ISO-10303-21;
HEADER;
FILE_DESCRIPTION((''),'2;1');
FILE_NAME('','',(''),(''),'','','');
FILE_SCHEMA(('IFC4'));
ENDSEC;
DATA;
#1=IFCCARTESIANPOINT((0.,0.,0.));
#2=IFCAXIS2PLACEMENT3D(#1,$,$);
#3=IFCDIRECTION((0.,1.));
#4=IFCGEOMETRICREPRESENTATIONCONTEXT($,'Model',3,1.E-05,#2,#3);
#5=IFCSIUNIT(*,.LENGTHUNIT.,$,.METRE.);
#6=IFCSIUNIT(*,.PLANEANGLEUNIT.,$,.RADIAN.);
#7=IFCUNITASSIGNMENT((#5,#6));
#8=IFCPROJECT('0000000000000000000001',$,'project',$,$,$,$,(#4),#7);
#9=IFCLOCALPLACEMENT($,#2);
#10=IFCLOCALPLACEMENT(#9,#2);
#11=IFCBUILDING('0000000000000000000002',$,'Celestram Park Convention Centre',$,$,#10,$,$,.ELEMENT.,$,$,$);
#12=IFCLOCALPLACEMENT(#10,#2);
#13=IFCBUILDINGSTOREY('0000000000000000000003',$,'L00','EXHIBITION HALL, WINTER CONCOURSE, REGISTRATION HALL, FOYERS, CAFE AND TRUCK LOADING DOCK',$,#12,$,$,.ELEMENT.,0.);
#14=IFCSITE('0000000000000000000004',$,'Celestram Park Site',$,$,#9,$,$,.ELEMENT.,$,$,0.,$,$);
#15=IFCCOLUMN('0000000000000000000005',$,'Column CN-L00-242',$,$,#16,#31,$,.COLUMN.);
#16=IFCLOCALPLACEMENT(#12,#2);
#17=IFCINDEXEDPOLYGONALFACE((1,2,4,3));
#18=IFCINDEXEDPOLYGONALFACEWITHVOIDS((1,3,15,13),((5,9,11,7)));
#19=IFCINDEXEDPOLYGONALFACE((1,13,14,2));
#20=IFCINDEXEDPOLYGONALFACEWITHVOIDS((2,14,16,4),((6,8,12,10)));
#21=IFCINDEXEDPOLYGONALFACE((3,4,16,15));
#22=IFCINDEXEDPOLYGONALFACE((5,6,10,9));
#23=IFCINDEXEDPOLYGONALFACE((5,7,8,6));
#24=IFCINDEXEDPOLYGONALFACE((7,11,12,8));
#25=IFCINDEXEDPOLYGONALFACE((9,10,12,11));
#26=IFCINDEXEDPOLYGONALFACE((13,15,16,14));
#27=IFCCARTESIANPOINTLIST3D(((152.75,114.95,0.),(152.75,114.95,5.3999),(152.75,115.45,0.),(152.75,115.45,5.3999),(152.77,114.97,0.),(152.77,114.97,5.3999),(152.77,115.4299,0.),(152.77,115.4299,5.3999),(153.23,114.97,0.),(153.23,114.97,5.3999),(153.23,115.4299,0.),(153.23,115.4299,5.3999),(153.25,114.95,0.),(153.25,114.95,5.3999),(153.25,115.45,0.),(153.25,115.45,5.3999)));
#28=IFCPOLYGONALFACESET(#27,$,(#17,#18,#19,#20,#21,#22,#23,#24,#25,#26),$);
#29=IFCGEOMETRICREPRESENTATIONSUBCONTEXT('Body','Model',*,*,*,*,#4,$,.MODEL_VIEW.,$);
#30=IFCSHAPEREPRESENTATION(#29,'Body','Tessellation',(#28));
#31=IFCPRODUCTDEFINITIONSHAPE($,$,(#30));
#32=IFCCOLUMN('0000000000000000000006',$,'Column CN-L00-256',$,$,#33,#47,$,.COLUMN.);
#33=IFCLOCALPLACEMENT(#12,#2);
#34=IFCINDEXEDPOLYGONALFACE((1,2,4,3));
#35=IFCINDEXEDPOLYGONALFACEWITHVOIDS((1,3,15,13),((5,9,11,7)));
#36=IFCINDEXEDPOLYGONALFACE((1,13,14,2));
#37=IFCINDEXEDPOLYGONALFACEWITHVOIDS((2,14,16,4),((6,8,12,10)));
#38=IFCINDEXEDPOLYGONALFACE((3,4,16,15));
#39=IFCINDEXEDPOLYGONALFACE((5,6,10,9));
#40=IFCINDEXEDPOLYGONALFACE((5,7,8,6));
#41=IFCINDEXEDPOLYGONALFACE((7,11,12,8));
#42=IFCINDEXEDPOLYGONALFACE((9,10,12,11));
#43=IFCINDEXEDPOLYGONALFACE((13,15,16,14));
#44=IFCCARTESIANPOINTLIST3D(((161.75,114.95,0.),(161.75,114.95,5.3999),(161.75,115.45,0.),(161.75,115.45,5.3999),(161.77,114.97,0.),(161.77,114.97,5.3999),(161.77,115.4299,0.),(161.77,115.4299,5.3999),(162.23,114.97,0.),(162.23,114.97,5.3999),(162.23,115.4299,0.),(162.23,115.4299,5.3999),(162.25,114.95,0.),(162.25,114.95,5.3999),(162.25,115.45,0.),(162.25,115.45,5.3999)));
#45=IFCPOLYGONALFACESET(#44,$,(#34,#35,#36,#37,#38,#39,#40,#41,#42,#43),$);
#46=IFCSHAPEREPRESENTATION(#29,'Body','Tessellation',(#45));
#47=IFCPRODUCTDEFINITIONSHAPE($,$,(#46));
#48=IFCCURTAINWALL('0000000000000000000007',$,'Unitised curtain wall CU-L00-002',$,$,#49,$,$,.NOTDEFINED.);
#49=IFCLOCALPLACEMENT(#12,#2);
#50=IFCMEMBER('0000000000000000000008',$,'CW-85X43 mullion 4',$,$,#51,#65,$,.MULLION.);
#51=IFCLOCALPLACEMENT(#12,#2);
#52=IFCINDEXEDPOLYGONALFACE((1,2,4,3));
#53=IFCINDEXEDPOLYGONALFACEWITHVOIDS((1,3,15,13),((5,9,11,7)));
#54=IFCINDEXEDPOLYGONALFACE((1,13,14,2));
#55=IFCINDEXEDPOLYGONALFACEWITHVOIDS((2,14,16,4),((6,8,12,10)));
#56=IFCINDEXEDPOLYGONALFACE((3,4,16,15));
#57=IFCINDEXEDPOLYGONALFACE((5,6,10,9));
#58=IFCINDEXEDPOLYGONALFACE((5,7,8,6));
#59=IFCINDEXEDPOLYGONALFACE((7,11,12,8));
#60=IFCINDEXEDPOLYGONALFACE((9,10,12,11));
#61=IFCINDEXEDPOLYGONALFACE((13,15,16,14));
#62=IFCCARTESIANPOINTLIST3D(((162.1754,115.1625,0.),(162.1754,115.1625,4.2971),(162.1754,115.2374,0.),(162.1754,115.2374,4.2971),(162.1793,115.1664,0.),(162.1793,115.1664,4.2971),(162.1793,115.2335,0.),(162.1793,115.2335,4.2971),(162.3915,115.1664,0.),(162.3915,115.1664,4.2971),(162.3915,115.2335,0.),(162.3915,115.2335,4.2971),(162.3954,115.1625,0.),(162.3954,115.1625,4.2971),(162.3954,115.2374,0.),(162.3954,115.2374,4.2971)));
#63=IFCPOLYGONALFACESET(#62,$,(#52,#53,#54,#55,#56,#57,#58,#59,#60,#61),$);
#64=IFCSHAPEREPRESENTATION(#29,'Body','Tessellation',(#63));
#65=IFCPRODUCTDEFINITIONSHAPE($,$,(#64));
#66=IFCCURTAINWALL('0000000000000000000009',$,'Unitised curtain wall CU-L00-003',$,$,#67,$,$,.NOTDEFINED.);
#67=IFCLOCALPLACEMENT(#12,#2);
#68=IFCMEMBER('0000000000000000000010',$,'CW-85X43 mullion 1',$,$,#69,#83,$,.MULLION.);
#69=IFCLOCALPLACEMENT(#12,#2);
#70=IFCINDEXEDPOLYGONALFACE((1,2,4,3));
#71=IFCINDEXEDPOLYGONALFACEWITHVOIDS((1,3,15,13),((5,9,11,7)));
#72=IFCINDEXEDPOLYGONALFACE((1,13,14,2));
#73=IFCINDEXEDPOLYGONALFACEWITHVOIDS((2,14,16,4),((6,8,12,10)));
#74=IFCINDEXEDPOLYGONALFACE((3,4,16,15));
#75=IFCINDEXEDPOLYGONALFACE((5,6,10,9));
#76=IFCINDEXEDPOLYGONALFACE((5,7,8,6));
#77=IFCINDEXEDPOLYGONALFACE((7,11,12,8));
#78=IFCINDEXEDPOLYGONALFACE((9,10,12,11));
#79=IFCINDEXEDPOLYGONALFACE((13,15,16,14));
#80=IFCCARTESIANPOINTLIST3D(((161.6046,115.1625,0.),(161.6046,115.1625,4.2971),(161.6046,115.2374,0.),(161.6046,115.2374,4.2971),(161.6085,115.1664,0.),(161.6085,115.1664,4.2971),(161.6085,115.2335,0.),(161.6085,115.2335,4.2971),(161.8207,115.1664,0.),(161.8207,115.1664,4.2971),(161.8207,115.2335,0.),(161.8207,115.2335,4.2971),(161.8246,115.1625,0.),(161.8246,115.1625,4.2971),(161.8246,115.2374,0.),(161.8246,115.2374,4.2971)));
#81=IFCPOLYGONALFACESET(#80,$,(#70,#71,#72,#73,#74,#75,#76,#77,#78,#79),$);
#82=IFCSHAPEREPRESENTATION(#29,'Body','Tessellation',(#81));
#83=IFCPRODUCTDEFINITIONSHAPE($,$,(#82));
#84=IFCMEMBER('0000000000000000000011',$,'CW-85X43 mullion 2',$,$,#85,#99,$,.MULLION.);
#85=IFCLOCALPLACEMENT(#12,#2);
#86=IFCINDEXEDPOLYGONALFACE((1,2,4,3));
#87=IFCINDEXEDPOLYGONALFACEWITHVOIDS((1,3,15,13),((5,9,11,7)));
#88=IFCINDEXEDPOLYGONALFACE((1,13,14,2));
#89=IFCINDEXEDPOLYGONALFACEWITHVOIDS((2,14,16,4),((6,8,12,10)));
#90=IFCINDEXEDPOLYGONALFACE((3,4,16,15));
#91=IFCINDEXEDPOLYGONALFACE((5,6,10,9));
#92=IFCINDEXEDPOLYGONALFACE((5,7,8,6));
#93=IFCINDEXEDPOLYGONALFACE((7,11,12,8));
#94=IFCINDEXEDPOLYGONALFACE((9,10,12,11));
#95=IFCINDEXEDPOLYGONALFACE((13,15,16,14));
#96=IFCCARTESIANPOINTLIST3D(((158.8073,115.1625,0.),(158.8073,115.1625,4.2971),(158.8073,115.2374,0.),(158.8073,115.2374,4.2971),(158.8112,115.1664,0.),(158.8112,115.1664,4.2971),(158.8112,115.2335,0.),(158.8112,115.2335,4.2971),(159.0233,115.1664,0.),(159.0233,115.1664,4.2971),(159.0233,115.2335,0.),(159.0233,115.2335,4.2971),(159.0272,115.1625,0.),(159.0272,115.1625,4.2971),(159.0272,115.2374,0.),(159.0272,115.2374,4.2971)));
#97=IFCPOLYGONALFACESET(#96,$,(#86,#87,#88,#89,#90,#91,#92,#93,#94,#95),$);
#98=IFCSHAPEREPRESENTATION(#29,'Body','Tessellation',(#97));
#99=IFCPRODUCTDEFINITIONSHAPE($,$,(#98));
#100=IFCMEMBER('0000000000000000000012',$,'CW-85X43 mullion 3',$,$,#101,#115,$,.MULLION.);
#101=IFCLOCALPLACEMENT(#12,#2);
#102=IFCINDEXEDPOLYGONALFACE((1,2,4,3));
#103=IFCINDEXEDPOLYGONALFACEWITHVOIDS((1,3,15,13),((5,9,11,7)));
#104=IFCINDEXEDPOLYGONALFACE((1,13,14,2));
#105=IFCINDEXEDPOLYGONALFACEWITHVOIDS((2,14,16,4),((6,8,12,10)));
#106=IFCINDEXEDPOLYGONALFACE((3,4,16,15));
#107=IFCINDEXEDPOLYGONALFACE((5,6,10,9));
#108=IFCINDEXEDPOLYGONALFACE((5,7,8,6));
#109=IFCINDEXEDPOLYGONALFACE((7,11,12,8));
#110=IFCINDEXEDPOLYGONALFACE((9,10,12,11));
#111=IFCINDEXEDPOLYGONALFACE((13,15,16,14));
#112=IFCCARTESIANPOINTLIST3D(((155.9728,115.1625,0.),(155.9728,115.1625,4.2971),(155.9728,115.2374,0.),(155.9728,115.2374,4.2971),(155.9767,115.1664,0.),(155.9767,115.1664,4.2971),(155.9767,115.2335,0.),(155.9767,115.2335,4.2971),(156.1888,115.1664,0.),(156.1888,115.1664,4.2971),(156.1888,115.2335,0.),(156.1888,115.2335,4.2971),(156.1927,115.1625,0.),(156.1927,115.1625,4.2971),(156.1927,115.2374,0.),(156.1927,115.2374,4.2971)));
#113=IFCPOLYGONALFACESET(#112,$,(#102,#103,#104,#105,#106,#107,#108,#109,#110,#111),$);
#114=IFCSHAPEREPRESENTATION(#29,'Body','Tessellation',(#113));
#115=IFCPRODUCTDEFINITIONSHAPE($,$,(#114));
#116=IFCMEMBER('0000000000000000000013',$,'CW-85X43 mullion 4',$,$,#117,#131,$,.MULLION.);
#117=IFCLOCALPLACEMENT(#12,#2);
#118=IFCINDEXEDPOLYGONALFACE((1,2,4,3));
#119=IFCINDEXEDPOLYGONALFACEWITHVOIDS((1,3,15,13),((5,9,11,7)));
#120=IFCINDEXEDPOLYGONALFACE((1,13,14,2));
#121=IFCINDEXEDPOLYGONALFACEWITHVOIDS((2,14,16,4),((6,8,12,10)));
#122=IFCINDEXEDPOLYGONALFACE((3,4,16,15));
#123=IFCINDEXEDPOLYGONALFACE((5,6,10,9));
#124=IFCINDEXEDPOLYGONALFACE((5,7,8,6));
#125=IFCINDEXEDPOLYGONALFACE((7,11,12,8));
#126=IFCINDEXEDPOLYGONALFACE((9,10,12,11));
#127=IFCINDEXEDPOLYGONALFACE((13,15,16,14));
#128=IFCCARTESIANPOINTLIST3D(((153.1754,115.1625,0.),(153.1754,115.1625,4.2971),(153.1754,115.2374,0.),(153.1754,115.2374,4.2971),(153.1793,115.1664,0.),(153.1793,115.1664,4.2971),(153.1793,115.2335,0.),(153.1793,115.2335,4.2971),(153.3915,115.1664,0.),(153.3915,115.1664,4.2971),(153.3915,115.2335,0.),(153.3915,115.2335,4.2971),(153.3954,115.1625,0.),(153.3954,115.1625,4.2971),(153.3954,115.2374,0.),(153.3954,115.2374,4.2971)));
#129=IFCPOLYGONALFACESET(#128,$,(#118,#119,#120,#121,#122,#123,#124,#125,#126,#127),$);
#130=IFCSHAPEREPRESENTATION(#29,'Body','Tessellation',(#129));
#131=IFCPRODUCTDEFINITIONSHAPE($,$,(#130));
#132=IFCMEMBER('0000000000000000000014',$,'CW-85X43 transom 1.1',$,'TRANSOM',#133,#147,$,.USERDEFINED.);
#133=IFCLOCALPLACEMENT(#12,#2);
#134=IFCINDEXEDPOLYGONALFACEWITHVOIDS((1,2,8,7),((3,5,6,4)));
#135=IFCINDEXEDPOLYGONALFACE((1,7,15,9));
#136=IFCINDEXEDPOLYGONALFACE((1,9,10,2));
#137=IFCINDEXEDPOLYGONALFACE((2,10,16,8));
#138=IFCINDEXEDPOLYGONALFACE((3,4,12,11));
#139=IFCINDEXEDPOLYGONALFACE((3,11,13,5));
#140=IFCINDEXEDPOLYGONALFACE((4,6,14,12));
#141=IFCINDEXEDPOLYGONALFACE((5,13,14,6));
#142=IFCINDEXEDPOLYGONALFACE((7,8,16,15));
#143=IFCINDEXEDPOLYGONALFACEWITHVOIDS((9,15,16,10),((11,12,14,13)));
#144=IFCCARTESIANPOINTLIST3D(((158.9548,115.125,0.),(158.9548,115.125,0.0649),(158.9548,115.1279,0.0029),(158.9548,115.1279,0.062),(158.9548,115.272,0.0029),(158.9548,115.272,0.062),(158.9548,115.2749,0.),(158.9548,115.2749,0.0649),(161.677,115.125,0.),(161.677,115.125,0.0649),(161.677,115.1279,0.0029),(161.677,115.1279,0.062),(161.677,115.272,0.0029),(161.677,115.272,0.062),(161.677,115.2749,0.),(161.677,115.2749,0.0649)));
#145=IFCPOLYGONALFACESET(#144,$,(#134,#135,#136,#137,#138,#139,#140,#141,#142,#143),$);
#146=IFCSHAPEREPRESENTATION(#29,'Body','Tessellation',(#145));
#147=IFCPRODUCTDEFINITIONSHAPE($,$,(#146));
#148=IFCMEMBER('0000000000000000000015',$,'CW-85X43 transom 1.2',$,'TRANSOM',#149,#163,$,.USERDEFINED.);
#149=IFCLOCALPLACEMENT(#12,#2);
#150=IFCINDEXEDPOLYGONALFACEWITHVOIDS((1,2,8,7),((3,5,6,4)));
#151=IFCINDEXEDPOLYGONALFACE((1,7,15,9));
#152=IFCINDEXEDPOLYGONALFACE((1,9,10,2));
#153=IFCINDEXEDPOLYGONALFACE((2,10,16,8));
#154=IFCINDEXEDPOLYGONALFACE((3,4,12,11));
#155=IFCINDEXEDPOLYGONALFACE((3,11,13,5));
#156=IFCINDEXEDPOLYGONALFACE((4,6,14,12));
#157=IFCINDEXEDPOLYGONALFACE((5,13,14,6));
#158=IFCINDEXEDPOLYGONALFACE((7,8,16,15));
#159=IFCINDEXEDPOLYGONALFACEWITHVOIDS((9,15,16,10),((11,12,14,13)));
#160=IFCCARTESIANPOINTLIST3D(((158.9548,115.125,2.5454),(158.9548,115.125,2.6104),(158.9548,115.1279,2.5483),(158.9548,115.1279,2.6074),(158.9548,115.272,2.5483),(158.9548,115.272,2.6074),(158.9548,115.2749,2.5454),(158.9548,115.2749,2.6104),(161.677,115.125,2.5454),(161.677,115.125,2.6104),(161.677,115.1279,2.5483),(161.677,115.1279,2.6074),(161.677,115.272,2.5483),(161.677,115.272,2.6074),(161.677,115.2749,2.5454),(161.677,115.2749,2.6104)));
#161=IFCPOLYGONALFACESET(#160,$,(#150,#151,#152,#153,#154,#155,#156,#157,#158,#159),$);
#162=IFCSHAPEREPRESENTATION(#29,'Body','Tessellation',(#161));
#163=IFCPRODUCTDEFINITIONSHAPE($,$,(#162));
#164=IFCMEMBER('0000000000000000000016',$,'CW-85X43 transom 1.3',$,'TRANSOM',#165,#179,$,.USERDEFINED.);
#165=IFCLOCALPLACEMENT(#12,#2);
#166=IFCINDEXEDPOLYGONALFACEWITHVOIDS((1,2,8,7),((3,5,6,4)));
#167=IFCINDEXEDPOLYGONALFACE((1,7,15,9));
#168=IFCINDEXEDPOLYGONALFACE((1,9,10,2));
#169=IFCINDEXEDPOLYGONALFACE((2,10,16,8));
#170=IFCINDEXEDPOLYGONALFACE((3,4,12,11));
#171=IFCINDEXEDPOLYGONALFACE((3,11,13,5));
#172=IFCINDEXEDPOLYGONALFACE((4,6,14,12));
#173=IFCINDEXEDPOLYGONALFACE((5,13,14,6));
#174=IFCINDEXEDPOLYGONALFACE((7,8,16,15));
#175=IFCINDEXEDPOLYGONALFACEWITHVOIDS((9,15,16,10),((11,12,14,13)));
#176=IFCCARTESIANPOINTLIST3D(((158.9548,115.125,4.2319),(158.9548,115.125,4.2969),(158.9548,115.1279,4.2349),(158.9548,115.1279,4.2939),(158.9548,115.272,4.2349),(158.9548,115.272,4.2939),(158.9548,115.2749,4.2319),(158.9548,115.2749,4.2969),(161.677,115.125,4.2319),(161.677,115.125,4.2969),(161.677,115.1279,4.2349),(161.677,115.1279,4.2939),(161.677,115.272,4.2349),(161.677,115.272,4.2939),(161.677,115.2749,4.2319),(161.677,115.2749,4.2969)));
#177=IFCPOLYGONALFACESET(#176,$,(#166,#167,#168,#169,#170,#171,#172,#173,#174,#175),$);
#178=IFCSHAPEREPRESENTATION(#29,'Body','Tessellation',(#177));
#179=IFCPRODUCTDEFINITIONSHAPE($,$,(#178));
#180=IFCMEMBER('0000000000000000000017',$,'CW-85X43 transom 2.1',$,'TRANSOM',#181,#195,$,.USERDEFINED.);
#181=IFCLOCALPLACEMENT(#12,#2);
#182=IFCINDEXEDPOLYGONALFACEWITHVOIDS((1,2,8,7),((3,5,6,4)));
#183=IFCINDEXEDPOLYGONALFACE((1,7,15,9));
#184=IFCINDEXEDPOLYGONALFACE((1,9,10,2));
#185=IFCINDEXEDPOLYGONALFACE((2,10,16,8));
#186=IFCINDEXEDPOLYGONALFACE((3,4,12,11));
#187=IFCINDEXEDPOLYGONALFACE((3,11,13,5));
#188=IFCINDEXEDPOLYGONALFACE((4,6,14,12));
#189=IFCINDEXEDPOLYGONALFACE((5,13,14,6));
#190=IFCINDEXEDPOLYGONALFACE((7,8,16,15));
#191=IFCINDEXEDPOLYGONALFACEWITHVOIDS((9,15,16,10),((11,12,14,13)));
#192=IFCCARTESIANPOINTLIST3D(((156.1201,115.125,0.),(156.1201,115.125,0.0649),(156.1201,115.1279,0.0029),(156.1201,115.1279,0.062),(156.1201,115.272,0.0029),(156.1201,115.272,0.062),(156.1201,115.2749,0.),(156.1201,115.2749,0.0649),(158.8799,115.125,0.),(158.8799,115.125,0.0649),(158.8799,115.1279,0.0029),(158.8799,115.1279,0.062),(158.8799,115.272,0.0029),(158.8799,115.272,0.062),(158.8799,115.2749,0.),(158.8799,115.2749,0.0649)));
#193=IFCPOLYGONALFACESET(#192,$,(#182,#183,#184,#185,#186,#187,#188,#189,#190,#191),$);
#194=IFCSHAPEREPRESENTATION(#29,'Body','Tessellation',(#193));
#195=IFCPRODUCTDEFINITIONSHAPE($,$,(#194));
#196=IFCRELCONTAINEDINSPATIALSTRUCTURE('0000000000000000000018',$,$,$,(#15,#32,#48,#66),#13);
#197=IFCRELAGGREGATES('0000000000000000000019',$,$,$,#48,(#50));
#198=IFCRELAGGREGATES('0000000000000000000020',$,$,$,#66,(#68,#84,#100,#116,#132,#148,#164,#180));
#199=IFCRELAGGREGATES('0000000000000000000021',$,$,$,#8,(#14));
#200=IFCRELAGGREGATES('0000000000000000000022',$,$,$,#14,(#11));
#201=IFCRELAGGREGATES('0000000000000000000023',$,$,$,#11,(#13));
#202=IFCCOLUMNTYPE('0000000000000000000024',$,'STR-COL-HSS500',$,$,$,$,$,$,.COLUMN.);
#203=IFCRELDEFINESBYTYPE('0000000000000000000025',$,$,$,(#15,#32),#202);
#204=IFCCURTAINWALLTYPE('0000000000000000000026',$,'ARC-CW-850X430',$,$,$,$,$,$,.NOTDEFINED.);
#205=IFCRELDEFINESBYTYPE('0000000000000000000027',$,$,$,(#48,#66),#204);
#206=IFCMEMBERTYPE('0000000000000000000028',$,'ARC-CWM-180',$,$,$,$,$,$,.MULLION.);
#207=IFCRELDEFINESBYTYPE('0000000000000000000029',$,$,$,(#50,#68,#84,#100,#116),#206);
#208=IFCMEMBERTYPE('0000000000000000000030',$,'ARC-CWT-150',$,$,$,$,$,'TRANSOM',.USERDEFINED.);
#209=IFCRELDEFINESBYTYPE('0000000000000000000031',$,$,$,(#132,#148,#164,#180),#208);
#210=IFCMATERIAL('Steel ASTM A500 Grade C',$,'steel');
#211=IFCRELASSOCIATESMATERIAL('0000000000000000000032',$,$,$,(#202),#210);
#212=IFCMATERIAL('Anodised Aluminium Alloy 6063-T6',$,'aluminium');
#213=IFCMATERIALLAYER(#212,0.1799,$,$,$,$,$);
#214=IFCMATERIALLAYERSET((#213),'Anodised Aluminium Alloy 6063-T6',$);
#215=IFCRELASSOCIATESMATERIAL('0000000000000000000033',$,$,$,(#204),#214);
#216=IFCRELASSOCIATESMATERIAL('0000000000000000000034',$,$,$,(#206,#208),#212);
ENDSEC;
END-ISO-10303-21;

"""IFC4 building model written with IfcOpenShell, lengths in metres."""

from ifc_helpers import new_model, si_unit, direction, frame, origin, origin_2d, place, context, subcontext, project, spatial, hollow_rectangle, extrude, material, layer, layer_set, material_profile, profile_set, type_object, element, aggregate, save


model = new_model("IFC4")

# Units and contexts
model_context = context("Model", 3, precision=1e-05, world=origin(), true_north=direction((0.0, 1.0)))
body_context = subcontext(model_context, "Body", "Model", "MODEL_VIEW")
ifc_project = project(units=[si_unit("LENGTHUNIT", "METRE"), si_unit("PLANEANGLEUNIT", "RADIAN")], contexts=[model_context])

# Site, building, storey
site_placement = place(None, origin())
site = spatial("IfcSite", under=ifc_project, at=site_placement, Name="Celestram Park Site", CompositionType="ELEMENT", RefElevation=0.0)
building_placement = place(site_placement, origin())
building = spatial("IfcBuilding", under=site, at=building_placement, Name="Celestram Park Convention Centre", CompositionType="ELEMENT")
storey_placement = place(building_placement, origin())
storey = spatial("IfcBuildingStorey", under=building, at=storey_placement, Name="L00", Description="EXHIBITION HALL, WINTER CONCOURSE, REGISTRATION HALL, FOYERS, CAFE AND TRUCK LOADING DOCK", CompositionType="ELEMENT", Elevation=0.0)

# Columns
ifc_material_1 = material(Name="Steel ASTM A500 Grade C", Category="steel")
ifc_material_profile_1 = material_profile(ifc_material_1, hollow_rectangle(XDim=0.5, YDim=0.5, WallThickness=0.02, at=origin_2d()), Name="HSS500X500X20")
ifc_profile_set_1 = profile_set([ifc_material_profile_1], Name="Steel ASTM A500 Grade C")
column_type = type_object("IfcColumnType", Name="STR-COL-HSS500", PredefinedType="COLUMN", material=ifc_profile_set_1)
for number, where, z_axis, x_axis, name in (
    (1, (153.0, 115.2, 0.0), (0.0, 0.0, 1.0), (1.0, 0.0, 0.0), "Column CN-L00-242"),
    (2, (162.0, 115.2, 0.0), (0.0, 0.0, 1.0), (1.0, 0.0, 0.0), "Column CN-L00-256"),
):
    element("IfcColumn", number, at=place(storey_placement, frame(where, z_axis=z_axis, x_axis=x_axis)), inside=storey, type_object=column_type, Name=name, PredefinedType="COLUMN", context=body_context, shape_type="SweptSolid", body=[
        extrude(hollow_rectangle(XDim=0.5, YDim=0.5, WallThickness=0.02, at=origin_2d()), origin(), (0.0, 0.0, 1.0), 5.3999),
    ])

# Curtain wall, member
ifc_material_2 = material(Name="Anodised Aluminium Alloy 6063-T6", Category="aluminium")
ifc_layer_1 = layer(ifc_material_2, 0.1799)
ifc_layer_set_1 = layer_set([ifc_layer_1], Name="Anodised Aluminium Alloy 6063-T6")
curtain_wall_type = type_object("IfcCurtainWallType", Name="ARC-CW-850X430", PredefinedType="NOTDEFINED", material=ifc_layer_set_1)
curtain_wall_1_placement = place(storey_placement, origin())
curtain_wall_1 = element("IfcCurtainWall", 3, at=curtain_wall_1_placement, inside=storey, type_object=curtain_wall_type, Name="Unitised curtain wall CU-L00-002", PredefinedType="NOTDEFINED")
ifc_material_profile_2 = material_profile(ifc_material_2, hollow_rectangle(XDim=0.075, YDim=0.22, WallThickness=0.0039, at=origin_2d()), Name="ALU75X220X4")
ifc_profile_set_2 = profile_set([ifc_material_profile_2], Name="Anodised Aluminium Alloy 6063-T6")
member_type_1 = type_object("IfcMemberType", Name="ARC-CWM-180", PredefinedType="MULLION", material=ifc_profile_set_2)
member_1_placement = place(storey_placement, frame((162.2854, 115.2, 0.0), z_axis=(0.0, 0.0, 1.0), x_axis=(0.0, -1.0, 0.0)))
member_1 = element("IfcMember", 4, at=member_1_placement, type_object=member_type_1, Name="CW-85X43 mullion 4", PredefinedType="MULLION", context=body_context, shape_type="SweptSolid", body=[
    extrude(hollow_rectangle(XDim=0.075, YDim=0.22, WallThickness=0.0039, at=origin_2d()), origin(), (0.0, 0.0, 1.0), 4.2971),
])

# Curtain wall, members
curtain_wall_2_placement = place(storey_placement, origin())
curtain_wall_2 = element("IfcCurtainWall", 5, at=curtain_wall_2_placement, inside=storey, type_object=curtain_wall_type, Name="Unitised curtain wall CU-L00-003", PredefinedType="NOTDEFINED")
member_2_placement = place(storey_placement, frame((161.7146, 115.2, 0.0), z_axis=(0.0, 0.0, 1.0), x_axis=(0.0, -1.0, 0.0)))
member_2 = element("IfcMember", 6, at=member_2_placement, type_object=member_type_1, Name="CW-85X43 mullion 1", PredefinedType="MULLION", context=body_context, shape_type="SweptSolid", body=[
    extrude(hollow_rectangle(XDim=0.075, YDim=0.22, WallThickness=0.0039, at=origin_2d()), origin(), (0.0, 0.0, 1.0), 4.2971),
])
member_3_placement = place(storey_placement, frame((158.9172, 115.2, 0.0), z_axis=(0.0, 0.0, 1.0), x_axis=(0.0, -1.0, 0.0)))
member_3 = element("IfcMember", 7, at=member_3_placement, type_object=member_type_1, Name="CW-85X43 mullion 2", PredefinedType="MULLION", context=body_context, shape_type="SweptSolid", body=[
    extrude(hollow_rectangle(XDim=0.075, YDim=0.22, WallThickness=0.0039, at=origin_2d()), origin(), (0.0, 0.0, 1.0), 4.2971),
])
member_4_placement = place(storey_placement, frame((156.0828, 115.2, 0.0), z_axis=(0.0, 0.0, 1.0), x_axis=(0.0, -1.0, 0.0)))
member_4 = element("IfcMember", 8, at=member_4_placement, type_object=member_type_1, Name="CW-85X43 mullion 3", PredefinedType="MULLION", context=body_context, shape_type="SweptSolid", body=[
    extrude(hollow_rectangle(XDim=0.075, YDim=0.22, WallThickness=0.0039, at=origin_2d()), origin(), (0.0, 0.0, 1.0), 4.2971),
])
member_5_placement = place(storey_placement, frame((153.2854, 115.2, 0.0), z_axis=(0.0, 0.0, 1.0), x_axis=(0.0, -1.0, 0.0)))
member_5 = element("IfcMember", 9, at=member_5_placement, type_object=member_type_1, Name="CW-85X43 mullion 4", PredefinedType="MULLION", context=body_context, shape_type="SweptSolid", body=[
    extrude(hollow_rectangle(XDim=0.075, YDim=0.22, WallThickness=0.0039, at=origin_2d()), origin(), (0.0, 0.0, 1.0), 4.2971),
])
ifc_material_profile_3 = material_profile(ifc_material_2, hollow_rectangle(XDim=0.1499, YDim=0.0649, WallThickness=0.0029, at=origin_2d()), Name="ALU150X65X3")
ifc_profile_set_3 = profile_set([ifc_material_profile_3], Name="Anodised Aluminium Alloy 6063-T6")
member_type_2 = type_object("IfcMemberType", Name="ARC-CWT-150", ElementType="TRANSOM", PredefinedType="USERDEFINED", material=ifc_profile_set_3)
member_6_placement = place(storey_placement, frame((161.677, 115.2, 0.0325), z_axis=(-1.0, 0.0, 0.0), x_axis=(0.0, -1.0, 0.0)))
member_6 = element("IfcMember", 10, at=member_6_placement, type_object=member_type_2, Name="CW-85X43 transom 1.1", ObjectType="TRANSOM", PredefinedType="USERDEFINED", context=body_context, shape_type="SweptSolid", body=[
    extrude(hollow_rectangle(XDim=0.1499, YDim=0.0649, WallThickness=0.0029, at=origin_2d()), origin(), (0.0, 0.0, 1.0), 2.7222),
])
member_7_placement = place(storey_placement, frame((161.677, 115.2, 2.5779), z_axis=(-1.0, 0.0, 0.0), x_axis=(0.0, -1.0, 0.0)))
member_7 = element("IfcMember", 11, at=member_7_placement, type_object=member_type_2, Name="CW-85X43 transom 1.2", ObjectType="TRANSOM", PredefinedType="USERDEFINED", context=body_context, shape_type="SweptSolid", body=[
    extrude(hollow_rectangle(XDim=0.1499, YDim=0.0649, WallThickness=0.0029, at=origin_2d()), origin(), (0.0, 0.0, 1.0), 2.7222),
])
member_8_placement = place(storey_placement, frame((161.677, 115.2, 4.2644), z_axis=(-1.0, 0.0, 0.0), x_axis=(0.0, -1.0, 0.0)))
member_8 = element("IfcMember", 12, at=member_8_placement, type_object=member_type_2, Name="CW-85X43 transom 1.3", ObjectType="TRANSOM", PredefinedType="USERDEFINED", context=body_context, shape_type="SweptSolid", body=[
    extrude(hollow_rectangle(XDim=0.1499, YDim=0.0649, WallThickness=0.0029, at=origin_2d()), origin(), (0.0, 0.0, 1.0), 2.7222),
])
member_9_placement = place(storey_placement, frame((158.8799, 115.2, 0.0325), z_axis=(-1.0, 0.0, 0.0), x_axis=(0.0, -1.0, 0.0)))
member_9 = element("IfcMember", 13, at=member_9_placement, type_object=member_type_2, Name="CW-85X43 transom 2.1", ObjectType="TRANSOM", PredefinedType="USERDEFINED", context=body_context, shape_type="SweptSolid", body=[
    extrude(hollow_rectangle(XDim=0.1499, YDim=0.0649, WallThickness=0.0029, at=origin_2d()), origin(), (0.0, 0.0, 1.0), 2.7598),
])

aggregate(curtain_wall_1, [member_1])
aggregate(curtain_wall_2, [member_2, member_3, member_4, member_5, member_6, member_7, member_8, member_9])

save(model, "model.ifc")
